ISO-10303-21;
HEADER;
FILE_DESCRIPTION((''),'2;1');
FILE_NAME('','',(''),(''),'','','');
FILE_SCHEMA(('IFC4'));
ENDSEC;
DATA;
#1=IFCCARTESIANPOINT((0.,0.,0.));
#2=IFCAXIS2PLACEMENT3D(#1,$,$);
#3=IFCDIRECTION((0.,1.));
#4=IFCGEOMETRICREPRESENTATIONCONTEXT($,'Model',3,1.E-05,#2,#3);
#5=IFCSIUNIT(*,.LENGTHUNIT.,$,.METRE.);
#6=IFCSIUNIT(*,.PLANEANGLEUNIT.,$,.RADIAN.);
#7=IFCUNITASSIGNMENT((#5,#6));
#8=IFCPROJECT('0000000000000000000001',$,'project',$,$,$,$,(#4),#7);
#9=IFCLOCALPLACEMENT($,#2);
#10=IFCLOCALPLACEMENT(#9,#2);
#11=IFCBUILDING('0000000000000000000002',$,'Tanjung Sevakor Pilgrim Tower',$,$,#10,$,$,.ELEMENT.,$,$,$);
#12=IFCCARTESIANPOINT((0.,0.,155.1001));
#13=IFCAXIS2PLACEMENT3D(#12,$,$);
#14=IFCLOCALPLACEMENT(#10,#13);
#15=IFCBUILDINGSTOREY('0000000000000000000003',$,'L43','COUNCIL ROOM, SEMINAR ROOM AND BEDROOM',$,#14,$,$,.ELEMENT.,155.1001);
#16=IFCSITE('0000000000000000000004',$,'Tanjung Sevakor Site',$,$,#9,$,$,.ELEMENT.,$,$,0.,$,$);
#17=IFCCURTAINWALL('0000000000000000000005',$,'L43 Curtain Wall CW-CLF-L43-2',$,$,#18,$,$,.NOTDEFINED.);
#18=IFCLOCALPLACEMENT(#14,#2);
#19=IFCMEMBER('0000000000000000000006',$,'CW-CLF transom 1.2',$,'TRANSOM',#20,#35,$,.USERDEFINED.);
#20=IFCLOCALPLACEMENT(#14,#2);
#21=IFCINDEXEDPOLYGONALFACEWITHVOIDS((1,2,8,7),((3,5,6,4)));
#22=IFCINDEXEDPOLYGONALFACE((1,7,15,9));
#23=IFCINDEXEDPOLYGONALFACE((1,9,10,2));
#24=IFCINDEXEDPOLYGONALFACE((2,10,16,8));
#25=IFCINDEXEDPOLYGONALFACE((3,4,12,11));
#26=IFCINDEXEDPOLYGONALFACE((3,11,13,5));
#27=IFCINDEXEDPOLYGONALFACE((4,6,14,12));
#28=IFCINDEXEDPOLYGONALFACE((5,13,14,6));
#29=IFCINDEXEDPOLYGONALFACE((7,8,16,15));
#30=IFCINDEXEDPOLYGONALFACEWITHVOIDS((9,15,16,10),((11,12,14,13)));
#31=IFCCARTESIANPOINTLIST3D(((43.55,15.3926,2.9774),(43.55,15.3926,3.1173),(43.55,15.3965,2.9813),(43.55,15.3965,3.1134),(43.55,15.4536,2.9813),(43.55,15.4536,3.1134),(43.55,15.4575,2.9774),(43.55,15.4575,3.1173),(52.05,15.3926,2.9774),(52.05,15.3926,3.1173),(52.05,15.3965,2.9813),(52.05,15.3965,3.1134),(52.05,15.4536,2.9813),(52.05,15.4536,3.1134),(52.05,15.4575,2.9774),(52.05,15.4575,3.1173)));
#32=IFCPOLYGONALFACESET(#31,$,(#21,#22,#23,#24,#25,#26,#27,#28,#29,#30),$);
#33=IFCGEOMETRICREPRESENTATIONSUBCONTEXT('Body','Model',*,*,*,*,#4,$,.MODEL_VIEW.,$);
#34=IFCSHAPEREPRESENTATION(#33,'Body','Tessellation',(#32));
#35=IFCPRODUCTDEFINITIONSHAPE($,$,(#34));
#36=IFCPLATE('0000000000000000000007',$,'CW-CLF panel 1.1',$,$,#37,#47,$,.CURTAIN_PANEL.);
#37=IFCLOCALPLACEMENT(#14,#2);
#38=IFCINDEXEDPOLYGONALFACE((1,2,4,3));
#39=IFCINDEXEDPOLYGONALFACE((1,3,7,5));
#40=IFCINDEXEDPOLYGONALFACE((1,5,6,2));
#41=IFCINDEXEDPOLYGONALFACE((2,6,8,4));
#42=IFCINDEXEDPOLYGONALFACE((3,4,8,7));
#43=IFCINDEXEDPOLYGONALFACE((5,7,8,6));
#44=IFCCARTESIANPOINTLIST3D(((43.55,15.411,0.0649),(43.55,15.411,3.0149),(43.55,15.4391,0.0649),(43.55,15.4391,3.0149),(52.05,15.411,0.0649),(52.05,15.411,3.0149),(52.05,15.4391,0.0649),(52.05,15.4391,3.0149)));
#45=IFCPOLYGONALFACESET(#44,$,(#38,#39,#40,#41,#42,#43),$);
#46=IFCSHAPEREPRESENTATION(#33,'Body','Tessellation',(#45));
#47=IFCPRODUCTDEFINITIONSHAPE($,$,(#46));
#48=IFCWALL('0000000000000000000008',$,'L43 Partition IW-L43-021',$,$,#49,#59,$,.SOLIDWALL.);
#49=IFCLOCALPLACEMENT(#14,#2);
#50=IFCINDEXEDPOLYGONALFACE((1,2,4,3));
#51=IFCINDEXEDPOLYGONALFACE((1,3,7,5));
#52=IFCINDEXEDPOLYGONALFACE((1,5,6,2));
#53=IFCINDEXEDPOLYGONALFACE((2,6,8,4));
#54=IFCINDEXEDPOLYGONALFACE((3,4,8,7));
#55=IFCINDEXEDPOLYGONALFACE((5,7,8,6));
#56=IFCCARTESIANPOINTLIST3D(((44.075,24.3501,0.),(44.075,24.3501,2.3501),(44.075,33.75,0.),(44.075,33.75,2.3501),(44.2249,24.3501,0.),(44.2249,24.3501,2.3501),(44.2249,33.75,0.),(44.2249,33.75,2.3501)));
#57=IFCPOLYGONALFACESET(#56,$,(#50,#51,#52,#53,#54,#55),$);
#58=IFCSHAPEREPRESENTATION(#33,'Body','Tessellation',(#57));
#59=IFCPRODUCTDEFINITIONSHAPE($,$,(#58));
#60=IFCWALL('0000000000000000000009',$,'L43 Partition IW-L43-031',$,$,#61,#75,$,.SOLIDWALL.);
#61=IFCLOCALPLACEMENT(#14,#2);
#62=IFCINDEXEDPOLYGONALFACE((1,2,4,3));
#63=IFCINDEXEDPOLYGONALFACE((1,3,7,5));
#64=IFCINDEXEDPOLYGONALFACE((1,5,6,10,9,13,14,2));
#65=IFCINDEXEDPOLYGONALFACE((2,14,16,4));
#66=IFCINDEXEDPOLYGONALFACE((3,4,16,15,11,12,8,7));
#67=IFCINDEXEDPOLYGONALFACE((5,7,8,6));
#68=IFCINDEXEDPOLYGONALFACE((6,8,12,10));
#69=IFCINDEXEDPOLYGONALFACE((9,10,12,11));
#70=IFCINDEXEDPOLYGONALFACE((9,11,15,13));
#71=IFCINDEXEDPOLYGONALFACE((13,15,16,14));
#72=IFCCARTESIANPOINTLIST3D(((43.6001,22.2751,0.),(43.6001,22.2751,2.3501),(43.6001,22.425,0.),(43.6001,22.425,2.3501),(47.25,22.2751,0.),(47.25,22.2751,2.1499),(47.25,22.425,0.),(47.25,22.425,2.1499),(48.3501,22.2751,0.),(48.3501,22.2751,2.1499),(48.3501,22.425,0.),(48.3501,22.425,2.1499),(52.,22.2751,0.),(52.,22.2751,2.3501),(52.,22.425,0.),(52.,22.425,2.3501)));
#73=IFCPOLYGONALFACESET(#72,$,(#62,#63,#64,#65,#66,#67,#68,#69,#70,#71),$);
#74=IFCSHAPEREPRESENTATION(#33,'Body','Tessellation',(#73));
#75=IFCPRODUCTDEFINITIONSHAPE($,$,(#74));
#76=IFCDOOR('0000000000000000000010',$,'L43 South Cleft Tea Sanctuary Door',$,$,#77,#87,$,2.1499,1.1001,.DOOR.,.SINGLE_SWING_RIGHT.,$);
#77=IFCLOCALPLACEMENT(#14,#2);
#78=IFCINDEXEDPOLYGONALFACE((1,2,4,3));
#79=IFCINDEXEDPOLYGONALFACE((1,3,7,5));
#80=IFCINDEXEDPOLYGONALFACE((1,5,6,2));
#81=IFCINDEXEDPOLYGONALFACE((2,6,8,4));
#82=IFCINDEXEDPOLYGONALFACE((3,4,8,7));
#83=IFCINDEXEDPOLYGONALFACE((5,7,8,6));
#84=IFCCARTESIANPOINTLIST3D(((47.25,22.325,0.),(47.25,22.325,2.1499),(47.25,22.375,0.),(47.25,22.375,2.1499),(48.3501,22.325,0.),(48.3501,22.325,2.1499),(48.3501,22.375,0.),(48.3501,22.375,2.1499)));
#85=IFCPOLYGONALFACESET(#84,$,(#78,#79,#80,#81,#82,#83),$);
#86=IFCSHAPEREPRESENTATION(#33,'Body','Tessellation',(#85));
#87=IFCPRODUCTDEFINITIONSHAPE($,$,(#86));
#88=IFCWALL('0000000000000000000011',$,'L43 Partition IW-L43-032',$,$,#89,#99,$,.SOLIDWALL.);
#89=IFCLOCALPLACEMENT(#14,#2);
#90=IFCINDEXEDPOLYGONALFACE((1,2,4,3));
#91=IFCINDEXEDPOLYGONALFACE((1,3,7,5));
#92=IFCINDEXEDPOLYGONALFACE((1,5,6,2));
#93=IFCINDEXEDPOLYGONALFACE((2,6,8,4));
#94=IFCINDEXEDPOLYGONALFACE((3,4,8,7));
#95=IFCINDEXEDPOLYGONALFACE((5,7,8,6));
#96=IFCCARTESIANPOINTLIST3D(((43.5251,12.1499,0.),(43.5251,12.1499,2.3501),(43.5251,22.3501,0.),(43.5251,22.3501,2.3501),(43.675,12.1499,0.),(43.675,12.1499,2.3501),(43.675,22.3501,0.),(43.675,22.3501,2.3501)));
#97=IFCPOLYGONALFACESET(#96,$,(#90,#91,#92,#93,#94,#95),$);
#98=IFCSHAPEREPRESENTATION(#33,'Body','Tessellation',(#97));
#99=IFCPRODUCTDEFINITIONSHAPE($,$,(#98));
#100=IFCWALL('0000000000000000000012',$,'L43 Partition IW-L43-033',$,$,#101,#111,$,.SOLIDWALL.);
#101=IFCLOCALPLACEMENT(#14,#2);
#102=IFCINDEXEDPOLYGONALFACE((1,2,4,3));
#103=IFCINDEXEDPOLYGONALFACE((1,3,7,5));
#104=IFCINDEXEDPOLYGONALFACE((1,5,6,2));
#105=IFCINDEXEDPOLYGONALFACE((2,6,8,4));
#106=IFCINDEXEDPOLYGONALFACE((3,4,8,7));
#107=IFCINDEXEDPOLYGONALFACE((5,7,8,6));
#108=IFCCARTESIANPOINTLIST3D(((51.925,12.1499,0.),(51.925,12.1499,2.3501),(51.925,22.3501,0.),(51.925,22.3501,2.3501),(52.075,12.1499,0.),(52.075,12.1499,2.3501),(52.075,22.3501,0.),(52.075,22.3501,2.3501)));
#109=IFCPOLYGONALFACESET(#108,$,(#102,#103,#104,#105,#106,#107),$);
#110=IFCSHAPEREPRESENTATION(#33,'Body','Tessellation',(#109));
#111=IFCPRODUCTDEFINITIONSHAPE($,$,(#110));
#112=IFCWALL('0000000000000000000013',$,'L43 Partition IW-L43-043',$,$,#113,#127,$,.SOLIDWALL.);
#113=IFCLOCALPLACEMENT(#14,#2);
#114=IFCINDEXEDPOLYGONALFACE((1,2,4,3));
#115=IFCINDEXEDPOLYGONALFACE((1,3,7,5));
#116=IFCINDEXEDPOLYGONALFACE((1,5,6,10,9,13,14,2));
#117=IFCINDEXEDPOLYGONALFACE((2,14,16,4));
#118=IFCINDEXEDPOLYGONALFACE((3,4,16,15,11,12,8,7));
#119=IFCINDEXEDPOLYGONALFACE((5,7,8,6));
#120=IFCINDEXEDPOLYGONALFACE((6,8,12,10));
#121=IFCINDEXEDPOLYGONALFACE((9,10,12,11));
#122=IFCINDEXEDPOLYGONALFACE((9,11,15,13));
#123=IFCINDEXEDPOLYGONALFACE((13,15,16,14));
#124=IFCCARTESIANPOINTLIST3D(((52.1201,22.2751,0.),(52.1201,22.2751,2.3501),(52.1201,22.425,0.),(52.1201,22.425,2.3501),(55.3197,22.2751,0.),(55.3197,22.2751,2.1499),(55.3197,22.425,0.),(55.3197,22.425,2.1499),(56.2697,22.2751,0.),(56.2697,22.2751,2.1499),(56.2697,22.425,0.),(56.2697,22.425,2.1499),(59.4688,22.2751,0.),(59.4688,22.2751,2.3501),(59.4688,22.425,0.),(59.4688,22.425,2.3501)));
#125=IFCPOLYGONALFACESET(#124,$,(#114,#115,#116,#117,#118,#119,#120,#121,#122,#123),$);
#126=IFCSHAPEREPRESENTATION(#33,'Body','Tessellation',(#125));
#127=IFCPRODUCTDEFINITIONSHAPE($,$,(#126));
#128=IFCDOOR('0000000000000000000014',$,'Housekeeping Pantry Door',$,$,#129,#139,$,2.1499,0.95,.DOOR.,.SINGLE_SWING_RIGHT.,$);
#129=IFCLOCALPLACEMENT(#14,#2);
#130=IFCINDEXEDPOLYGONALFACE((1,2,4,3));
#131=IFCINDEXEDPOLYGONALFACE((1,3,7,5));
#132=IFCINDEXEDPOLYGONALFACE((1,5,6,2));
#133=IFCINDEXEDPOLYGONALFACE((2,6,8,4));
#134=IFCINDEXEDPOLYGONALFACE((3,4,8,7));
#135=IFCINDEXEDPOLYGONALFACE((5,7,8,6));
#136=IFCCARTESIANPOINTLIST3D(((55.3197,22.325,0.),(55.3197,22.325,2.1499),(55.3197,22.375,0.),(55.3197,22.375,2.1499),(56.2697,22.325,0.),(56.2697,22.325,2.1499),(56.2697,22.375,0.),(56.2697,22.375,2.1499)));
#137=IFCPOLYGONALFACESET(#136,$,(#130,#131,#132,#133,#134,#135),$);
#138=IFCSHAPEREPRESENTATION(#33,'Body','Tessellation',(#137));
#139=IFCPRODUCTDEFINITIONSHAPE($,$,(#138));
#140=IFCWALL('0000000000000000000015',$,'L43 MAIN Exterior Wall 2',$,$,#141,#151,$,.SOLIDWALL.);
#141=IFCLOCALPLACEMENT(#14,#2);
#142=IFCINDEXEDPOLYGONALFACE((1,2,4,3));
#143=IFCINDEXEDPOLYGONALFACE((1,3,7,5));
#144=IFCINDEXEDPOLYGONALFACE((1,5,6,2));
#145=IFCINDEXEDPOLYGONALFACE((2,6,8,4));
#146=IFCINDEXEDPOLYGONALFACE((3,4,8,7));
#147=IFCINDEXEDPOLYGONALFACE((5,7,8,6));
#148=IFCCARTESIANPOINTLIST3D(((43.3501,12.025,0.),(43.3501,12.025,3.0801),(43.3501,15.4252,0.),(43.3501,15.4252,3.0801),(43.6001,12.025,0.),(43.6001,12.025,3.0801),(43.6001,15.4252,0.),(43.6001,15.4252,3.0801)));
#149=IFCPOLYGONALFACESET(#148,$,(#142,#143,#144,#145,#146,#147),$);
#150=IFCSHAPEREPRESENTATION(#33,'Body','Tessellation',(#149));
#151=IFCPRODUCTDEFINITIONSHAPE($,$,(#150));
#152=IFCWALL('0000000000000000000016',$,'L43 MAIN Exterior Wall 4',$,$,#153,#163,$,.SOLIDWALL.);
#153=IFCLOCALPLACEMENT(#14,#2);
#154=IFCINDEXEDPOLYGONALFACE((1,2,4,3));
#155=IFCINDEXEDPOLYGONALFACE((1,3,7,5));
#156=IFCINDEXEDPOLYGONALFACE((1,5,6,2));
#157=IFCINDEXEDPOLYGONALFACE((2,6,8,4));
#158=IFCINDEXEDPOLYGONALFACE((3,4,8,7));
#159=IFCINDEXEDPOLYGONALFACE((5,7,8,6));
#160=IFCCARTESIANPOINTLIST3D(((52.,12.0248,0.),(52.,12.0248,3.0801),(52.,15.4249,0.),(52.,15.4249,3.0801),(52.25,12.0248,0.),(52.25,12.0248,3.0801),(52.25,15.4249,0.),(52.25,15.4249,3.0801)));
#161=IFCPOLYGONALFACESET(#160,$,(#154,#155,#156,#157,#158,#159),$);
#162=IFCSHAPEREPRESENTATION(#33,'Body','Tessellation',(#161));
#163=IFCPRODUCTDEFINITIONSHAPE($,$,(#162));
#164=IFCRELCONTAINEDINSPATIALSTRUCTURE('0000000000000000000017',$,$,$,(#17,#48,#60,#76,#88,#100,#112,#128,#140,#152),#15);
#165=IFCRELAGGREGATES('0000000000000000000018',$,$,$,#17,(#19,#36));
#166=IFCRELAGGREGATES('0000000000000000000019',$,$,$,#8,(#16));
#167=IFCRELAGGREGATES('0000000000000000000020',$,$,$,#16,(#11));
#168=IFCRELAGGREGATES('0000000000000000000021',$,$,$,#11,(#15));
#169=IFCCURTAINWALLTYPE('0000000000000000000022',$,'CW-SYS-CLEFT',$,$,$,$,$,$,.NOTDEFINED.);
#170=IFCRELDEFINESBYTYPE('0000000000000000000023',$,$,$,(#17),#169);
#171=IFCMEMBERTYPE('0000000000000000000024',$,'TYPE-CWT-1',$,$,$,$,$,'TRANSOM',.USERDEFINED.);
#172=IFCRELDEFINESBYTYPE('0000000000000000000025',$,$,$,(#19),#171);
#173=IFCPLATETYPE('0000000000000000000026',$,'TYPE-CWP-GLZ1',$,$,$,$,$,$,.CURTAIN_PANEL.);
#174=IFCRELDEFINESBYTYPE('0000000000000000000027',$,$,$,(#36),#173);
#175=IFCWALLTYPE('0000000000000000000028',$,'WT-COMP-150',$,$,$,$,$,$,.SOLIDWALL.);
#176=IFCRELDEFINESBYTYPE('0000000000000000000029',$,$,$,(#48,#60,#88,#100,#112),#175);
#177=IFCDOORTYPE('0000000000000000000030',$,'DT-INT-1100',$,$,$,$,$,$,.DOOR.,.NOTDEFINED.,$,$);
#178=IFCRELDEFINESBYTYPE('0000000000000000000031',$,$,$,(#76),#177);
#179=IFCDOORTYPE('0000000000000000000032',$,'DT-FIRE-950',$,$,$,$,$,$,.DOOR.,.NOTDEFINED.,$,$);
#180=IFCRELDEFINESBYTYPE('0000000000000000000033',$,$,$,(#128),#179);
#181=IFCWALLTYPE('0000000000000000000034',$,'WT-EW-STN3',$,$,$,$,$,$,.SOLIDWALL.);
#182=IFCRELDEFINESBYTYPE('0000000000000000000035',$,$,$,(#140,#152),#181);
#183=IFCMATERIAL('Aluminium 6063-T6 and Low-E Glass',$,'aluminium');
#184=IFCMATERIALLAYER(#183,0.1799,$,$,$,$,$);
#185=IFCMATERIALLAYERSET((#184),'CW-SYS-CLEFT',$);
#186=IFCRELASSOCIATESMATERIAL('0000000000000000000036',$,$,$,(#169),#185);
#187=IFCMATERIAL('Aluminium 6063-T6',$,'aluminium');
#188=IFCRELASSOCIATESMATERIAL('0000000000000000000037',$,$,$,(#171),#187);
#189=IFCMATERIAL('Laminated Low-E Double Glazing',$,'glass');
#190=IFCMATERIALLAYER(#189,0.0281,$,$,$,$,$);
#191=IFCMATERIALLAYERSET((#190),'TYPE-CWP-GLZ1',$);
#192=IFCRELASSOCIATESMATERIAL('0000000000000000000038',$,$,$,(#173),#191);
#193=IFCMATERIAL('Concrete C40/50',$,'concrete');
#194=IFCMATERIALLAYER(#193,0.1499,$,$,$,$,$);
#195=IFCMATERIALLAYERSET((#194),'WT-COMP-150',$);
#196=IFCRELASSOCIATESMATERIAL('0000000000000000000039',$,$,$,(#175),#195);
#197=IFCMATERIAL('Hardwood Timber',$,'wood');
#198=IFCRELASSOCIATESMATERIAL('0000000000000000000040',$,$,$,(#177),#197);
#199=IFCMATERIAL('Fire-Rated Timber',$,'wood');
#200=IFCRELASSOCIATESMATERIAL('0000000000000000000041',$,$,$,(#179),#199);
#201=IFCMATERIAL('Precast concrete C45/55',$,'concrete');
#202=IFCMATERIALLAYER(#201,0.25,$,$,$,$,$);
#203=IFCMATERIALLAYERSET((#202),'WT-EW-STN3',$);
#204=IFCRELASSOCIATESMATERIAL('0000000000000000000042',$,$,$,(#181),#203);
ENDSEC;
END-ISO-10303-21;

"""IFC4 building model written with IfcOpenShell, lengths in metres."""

from ifc_helpers import new_model, si_unit, direction, frame, frame_2d, origin, origin_2d, place, context, subcontext, project, spatial, rectangle, hollow_rectangle, extrude, material, layer, layer_set, material_profile, profile_set, type_object, element, fill, aggregate, save


model = new_model("IFC4")

# Units and contexts
model_context = context("Model", 3, precision=1e-05, world=origin(), true_north=direction((0.0, 1.0)))
body_context = subcontext(model_context, "Body", "Model", "MODEL_VIEW")
ifc_project = project(units=[si_unit("LENGTHUNIT", "METRE"), si_unit("PLANEANGLEUNIT", "RADIAN")], contexts=[model_context])

# Site, building, storey
site_placement = place(None, origin())
site = spatial("IfcSite", under=ifc_project, at=site_placement, Name="Tanjung Sevakor Site", CompositionType="ELEMENT", RefElevation=0.0)
building_placement = place(site_placement, origin())
building = spatial("IfcBuilding", under=site, at=building_placement, Name="Tanjung Sevakor Pilgrim Tower", CompositionType="ELEMENT")
storey_placement = place(building_placement, frame((0.0, 0.0, 155.1001)))
storey = spatial("IfcBuildingStorey", under=building, at=storey_placement, Name="L43", Description="COUNCIL ROOM, SEMINAR ROOM AND BEDROOM", CompositionType="ELEMENT", Elevation=155.1001)

# Curtain wall, member, plate
ifc_material_1 = material(Name="Aluminium 6063-T6 and Low-E Glass", Category="aluminium")
ifc_layer_1 = layer(ifc_material_1, 0.1799)
ifc_layer_set_1 = layer_set([ifc_layer_1], Name="CW-SYS-CLEFT")
curtain_wall_type = type_object("IfcCurtainWallType", Name="CW-SYS-CLEFT", PredefinedType="NOTDEFINED", material=ifc_layer_set_1)
curtain_wall_placement = place(storey_placement, origin())
curtain_wall = element("IfcCurtainWall", 1, at=curtain_wall_placement, inside=storey, type_object=curtain_wall_type, Name="L43 Curtain Wall CW-CLF-L43-2", PredefinedType="NOTDEFINED")
ifc_material_2 = material(Name="Aluminium 6063-T6", Category="aluminium")
ifc_material_profile_1 = material_profile(ifc_material_2, hollow_rectangle(XDim=0.0649, YDim=0.1399, WallThickness=0.0039, at=origin_2d()))
ifc_profile_set_1 = profile_set([ifc_material_profile_1], Name="Aluminium 6063-T6")
member_type_1 = type_object("IfcMemberType", Name="TYPE-CWT-1", ElementType="TRANSOM", PredefinedType="USERDEFINED", material=ifc_profile_set_1)
member_1_placement = place(storey_placement, frame((43.55, 15.425, 3.0474), z_axis=(1.0, 0.0, 0.0), x_axis=(0.0, 1.0, 0.0)))
member_1 = element("IfcMember", 2, at=member_1_placement, type_object=member_type_1, Name="CW-CLF transom 1.2", ObjectType="TRANSOM", PredefinedType="USERDEFINED", context=body_context, shape_type="SweptSolid", body=[
    extrude(hollow_rectangle(XDim=0.0649, YDim=0.1399, WallThickness=0.0039, at=origin_2d()), origin(), (0.0, 0.0, 1.0), 8.5),
])
ifc_material_3 = material(Name="Laminated Low-E Double Glazing", Category="glass")
ifc_layer_2 = layer(ifc_material_3, 0.0281)
ifc_layer_set_2 = layer_set([ifc_layer_2], Name="TYPE-CWP-GLZ1")
plate_type = type_object("IfcPlateType", Name="TYPE-CWP-GLZ1", PredefinedType="CURTAIN_PANEL", material=ifc_layer_set_2)
plate_placement = place(storey_placement, frame((47.8, 15.425, 0.0649), z_axis=(0.0, 0.0, 1.0), x_axis=(1.0, 0.0, 0.0)))
plate = element("IfcPlate", 3, at=plate_placement, type_object=plate_type, Name="CW-CLF panel 1.1", PredefinedType="CURTAIN_PANEL", context=body_context, shape_type="SweptSolid", body=[
    extrude(rectangle(XDim=8.5, YDim=0.0281, at=origin_2d()), origin(), (0.0, 0.0, 1.0), 2.95),
])
aggregate(curtain_wall, [member_1, plate])

# Wall
ifc_material_4 = material(Name="Concrete C40/50", Category="concrete")
ifc_layer_3 = layer(ifc_material_4, 0.1499)
ifc_layer_set_3 = layer_set([ifc_layer_3], Name="WT-COMP-150")
wall_type_1 = type_object("IfcWallType", Name="WT-COMP-150", PredefinedType="SOLIDWALL", material=ifc_layer_set_3)
wall_1_placement = place(storey_placement, frame((44.1499, 24.3501, 0.0), z_axis=(0.0, 0.0, 1.0), x_axis=(0.0, 1.0, 0.0)))
element("IfcWall", 4, at=wall_1_placement, inside=storey, type_object=wall_type_1, Name="L43 Partition IW-L43-021", PredefinedType="SOLIDWALL", context=body_context, shape_type="SweptSolid", body=[
    extrude(rectangle(XDim=9.3999, YDim=0.1499, at=frame_2d((4.7, 0.0))), origin(), (0.0, 0.0, 1.0), 2.3501),
])

# Wall, opening, door
wall_2_placement = place(storey_placement, frame((43.6001, 22.3501, 0.0), z_axis=(0.0, 0.0, 1.0), x_axis=(1.0, 0.0, 0.0)))
wall_2 = element("IfcWall", 5, at=wall_2_placement, inside=storey, type_object=wall_type_1, Name="L43 Partition IW-L43-031", PredefinedType="SOLIDWALL", context=body_context, shape_type="SweptSolid", body=[
    extrude(rectangle(XDim=8.3999, YDim=0.1499, at=frame_2d((4.2, 0.0))), origin(), (0.0, 0.0, 1.0), 2.3501),
])
opening_1_placement = place(wall_2_placement, frame((3.6499, 0.0, 0.0)))
opening_1 = element("IfcOpeningElement", 6, at=opening_1_placement, cuts=wall_2, PredefinedType="OPENING", context=body_context, shape_type="SweptSolid", body=[
    extrude(rectangle(XDim=1.1001, YDim=2.1499, at=frame_2d((0.55, 1.075))), frame((0.0, 0.085, 0.0), z_axis=(0.0, -1.0, 0.0), x_axis=(1.0, 0.0, 0.0)), (0.0, 0.0, 1.0), 0.1699),
])
ifc_material_5 = material(Name="Hardwood Timber", Category="wood")
door_type_1 = type_object("IfcDoorType", Name="DT-INT-1100", OperationType="NOTDEFINED", PredefinedType="DOOR", material=ifc_material_5)
door_1_placement = place(opening_1_placement, origin())
door_1 = element("IfcDoor", 7, at=door_1_placement, inside=storey, type_object=door_type_1, Name="L43 South Cleft Tea Sanctuary Door", OperationType="SINGLE_SWING_RIGHT", OverallHeight=2.1499, OverallWidth=1.1001, PredefinedType="DOOR", context=body_context, shape_type="SweptSolid", body=[
    extrude(rectangle(XDim=1.1001, YDim=2.1499, at=frame_2d((0.55, 1.075))), frame((0.0, 0.0249, 0.0), z_axis=(0.0, -1.0, 0.0), x_axis=(1.0, 0.0, 0.0)), (0.0, 0.0, 1.0), 0.05),
])
fill(opening_1, door_1)

# Walls
for number, where, z_axis, x_axis, name in (
    (8, (43.6001, 12.1499, 0.0), (0.0, 0.0, 1.0), (0.0, 1.0, 0.0), "L43 Partition IW-L43-032"),
    (9, (52.0, 12.1499, 0.0), (0.0, 0.0, 1.0), (0.0, 1.0, 0.0), "L43 Partition IW-L43-033"),
):
    element("IfcWall", number, at=place(storey_placement, frame(where, z_axis=z_axis, x_axis=x_axis)), inside=storey, type_object=wall_type_1, Name=name, PredefinedType="SOLIDWALL", context=body_context, shape_type="SweptSolid", body=[
        extrude(rectangle(XDim=10.2002, YDim=0.1499, at=frame_2d((5.1001, 0.0))), origin(), (0.0, 0.0, 1.0), 2.3501),
    ])

# Wall, opening, door
wall_3_placement = place(storey_placement, frame((52.1201, 22.3501, 0.0), z_axis=(0.0, 0.0, 1.0), x_axis=(1.0, 0.0, 0.0)))
wall_3 = element("IfcWall", 10, at=wall_3_placement, inside=storey, type_object=wall_type_1, Name="L43 Partition IW-L43-043", PredefinedType="SOLIDWALL", context=body_context, shape_type="SweptSolid", body=[
    extrude(rectangle(XDim=7.3486, YDim=0.1499, at=frame_2d((3.6743, 0.0))), origin(), (0.0, 0.0, 1.0), 2.3501),
])
opening_2_placement = place(wall_3_placement, frame((3.1995, 0.0, 0.0)))
opening_2 = element("IfcOpeningElement", 11, at=opening_2_placement, cuts=wall_3, PredefinedType="OPENING", context=body_context, shape_type="SweptSolid", body=[
    extrude(rectangle(XDim=0.95, YDim=2.1499, at=frame_2d((0.4751, 1.075))), frame((0.0, 0.085, 0.0), z_axis=(0.0, -1.0, 0.0), x_axis=(1.0, 0.0, 0.0)), (0.0, 0.0, 1.0), 0.1699),
])
ifc_material_6 = material(Name="Fire-Rated Timber", Category="wood")
door_type_2 = type_object("IfcDoorType", Name="DT-FIRE-950", OperationType="NOTDEFINED", PredefinedType="DOOR", material=ifc_material_6)
door_2_placement = place(opening_2_placement, origin())
door_2 = element("IfcDoor", 12, at=door_2_placement, inside=storey, type_object=door_type_2, Name="Housekeeping Pantry Door", OperationType="SINGLE_SWING_RIGHT", OverallHeight=2.1499, OverallWidth=0.95, PredefinedType="DOOR", context=body_context, shape_type="SweptSolid", body=[
    extrude(rectangle(XDim=0.95, YDim=2.1499, at=frame_2d((0.4751, 1.075))), frame((0.0, 0.0249, 0.0), z_axis=(0.0, -1.0, 0.0), x_axis=(1.0, 0.0, 0.0)), (0.0, 0.0, 1.0), 0.05),
])
fill(opening_2, door_2)

# Walls
ifc_material_7 = material(Name="Precast concrete C45/55", Category="concrete")
ifc_layer_4 = layer(ifc_material_7, 0.25)
ifc_layer_set_4 = layer_set([ifc_layer_4], Name="WT-EW-STN3")
wall_type_2 = type_object("IfcWallType", Name="WT-EW-STN3", PredefinedType="SOLIDWALL", material=ifc_layer_set_4)
for number, where, z_axis, x_axis, name in (
    (13, (43.4751, 12.0249, 0.0), (0.0, 0.0, 1.0), (0.0, 1.0, 0.0), "L43 MAIN Exterior Wall 2"),
    (14, (52.125, 15.425, 0.0), (0.0, 0.0, 1.0), (0.0, -1.0, 0.0), "L43 MAIN Exterior Wall 4"),
):
    element("IfcWall", number, at=place(storey_placement, frame(where, z_axis=z_axis, x_axis=x_axis)), inside=storey, type_object=wall_type_2, Name=name, PredefinedType="SOLIDWALL", context=body_context, shape_type="SweptSolid", body=[
        extrude(rectangle(XDim=3.4001, YDim=0.25, at=frame_2d((1.7002, 0.0))), origin(), (0.0, 0.0, 1.0), 3.0801),
    ])

save(model, "model.ifc")
